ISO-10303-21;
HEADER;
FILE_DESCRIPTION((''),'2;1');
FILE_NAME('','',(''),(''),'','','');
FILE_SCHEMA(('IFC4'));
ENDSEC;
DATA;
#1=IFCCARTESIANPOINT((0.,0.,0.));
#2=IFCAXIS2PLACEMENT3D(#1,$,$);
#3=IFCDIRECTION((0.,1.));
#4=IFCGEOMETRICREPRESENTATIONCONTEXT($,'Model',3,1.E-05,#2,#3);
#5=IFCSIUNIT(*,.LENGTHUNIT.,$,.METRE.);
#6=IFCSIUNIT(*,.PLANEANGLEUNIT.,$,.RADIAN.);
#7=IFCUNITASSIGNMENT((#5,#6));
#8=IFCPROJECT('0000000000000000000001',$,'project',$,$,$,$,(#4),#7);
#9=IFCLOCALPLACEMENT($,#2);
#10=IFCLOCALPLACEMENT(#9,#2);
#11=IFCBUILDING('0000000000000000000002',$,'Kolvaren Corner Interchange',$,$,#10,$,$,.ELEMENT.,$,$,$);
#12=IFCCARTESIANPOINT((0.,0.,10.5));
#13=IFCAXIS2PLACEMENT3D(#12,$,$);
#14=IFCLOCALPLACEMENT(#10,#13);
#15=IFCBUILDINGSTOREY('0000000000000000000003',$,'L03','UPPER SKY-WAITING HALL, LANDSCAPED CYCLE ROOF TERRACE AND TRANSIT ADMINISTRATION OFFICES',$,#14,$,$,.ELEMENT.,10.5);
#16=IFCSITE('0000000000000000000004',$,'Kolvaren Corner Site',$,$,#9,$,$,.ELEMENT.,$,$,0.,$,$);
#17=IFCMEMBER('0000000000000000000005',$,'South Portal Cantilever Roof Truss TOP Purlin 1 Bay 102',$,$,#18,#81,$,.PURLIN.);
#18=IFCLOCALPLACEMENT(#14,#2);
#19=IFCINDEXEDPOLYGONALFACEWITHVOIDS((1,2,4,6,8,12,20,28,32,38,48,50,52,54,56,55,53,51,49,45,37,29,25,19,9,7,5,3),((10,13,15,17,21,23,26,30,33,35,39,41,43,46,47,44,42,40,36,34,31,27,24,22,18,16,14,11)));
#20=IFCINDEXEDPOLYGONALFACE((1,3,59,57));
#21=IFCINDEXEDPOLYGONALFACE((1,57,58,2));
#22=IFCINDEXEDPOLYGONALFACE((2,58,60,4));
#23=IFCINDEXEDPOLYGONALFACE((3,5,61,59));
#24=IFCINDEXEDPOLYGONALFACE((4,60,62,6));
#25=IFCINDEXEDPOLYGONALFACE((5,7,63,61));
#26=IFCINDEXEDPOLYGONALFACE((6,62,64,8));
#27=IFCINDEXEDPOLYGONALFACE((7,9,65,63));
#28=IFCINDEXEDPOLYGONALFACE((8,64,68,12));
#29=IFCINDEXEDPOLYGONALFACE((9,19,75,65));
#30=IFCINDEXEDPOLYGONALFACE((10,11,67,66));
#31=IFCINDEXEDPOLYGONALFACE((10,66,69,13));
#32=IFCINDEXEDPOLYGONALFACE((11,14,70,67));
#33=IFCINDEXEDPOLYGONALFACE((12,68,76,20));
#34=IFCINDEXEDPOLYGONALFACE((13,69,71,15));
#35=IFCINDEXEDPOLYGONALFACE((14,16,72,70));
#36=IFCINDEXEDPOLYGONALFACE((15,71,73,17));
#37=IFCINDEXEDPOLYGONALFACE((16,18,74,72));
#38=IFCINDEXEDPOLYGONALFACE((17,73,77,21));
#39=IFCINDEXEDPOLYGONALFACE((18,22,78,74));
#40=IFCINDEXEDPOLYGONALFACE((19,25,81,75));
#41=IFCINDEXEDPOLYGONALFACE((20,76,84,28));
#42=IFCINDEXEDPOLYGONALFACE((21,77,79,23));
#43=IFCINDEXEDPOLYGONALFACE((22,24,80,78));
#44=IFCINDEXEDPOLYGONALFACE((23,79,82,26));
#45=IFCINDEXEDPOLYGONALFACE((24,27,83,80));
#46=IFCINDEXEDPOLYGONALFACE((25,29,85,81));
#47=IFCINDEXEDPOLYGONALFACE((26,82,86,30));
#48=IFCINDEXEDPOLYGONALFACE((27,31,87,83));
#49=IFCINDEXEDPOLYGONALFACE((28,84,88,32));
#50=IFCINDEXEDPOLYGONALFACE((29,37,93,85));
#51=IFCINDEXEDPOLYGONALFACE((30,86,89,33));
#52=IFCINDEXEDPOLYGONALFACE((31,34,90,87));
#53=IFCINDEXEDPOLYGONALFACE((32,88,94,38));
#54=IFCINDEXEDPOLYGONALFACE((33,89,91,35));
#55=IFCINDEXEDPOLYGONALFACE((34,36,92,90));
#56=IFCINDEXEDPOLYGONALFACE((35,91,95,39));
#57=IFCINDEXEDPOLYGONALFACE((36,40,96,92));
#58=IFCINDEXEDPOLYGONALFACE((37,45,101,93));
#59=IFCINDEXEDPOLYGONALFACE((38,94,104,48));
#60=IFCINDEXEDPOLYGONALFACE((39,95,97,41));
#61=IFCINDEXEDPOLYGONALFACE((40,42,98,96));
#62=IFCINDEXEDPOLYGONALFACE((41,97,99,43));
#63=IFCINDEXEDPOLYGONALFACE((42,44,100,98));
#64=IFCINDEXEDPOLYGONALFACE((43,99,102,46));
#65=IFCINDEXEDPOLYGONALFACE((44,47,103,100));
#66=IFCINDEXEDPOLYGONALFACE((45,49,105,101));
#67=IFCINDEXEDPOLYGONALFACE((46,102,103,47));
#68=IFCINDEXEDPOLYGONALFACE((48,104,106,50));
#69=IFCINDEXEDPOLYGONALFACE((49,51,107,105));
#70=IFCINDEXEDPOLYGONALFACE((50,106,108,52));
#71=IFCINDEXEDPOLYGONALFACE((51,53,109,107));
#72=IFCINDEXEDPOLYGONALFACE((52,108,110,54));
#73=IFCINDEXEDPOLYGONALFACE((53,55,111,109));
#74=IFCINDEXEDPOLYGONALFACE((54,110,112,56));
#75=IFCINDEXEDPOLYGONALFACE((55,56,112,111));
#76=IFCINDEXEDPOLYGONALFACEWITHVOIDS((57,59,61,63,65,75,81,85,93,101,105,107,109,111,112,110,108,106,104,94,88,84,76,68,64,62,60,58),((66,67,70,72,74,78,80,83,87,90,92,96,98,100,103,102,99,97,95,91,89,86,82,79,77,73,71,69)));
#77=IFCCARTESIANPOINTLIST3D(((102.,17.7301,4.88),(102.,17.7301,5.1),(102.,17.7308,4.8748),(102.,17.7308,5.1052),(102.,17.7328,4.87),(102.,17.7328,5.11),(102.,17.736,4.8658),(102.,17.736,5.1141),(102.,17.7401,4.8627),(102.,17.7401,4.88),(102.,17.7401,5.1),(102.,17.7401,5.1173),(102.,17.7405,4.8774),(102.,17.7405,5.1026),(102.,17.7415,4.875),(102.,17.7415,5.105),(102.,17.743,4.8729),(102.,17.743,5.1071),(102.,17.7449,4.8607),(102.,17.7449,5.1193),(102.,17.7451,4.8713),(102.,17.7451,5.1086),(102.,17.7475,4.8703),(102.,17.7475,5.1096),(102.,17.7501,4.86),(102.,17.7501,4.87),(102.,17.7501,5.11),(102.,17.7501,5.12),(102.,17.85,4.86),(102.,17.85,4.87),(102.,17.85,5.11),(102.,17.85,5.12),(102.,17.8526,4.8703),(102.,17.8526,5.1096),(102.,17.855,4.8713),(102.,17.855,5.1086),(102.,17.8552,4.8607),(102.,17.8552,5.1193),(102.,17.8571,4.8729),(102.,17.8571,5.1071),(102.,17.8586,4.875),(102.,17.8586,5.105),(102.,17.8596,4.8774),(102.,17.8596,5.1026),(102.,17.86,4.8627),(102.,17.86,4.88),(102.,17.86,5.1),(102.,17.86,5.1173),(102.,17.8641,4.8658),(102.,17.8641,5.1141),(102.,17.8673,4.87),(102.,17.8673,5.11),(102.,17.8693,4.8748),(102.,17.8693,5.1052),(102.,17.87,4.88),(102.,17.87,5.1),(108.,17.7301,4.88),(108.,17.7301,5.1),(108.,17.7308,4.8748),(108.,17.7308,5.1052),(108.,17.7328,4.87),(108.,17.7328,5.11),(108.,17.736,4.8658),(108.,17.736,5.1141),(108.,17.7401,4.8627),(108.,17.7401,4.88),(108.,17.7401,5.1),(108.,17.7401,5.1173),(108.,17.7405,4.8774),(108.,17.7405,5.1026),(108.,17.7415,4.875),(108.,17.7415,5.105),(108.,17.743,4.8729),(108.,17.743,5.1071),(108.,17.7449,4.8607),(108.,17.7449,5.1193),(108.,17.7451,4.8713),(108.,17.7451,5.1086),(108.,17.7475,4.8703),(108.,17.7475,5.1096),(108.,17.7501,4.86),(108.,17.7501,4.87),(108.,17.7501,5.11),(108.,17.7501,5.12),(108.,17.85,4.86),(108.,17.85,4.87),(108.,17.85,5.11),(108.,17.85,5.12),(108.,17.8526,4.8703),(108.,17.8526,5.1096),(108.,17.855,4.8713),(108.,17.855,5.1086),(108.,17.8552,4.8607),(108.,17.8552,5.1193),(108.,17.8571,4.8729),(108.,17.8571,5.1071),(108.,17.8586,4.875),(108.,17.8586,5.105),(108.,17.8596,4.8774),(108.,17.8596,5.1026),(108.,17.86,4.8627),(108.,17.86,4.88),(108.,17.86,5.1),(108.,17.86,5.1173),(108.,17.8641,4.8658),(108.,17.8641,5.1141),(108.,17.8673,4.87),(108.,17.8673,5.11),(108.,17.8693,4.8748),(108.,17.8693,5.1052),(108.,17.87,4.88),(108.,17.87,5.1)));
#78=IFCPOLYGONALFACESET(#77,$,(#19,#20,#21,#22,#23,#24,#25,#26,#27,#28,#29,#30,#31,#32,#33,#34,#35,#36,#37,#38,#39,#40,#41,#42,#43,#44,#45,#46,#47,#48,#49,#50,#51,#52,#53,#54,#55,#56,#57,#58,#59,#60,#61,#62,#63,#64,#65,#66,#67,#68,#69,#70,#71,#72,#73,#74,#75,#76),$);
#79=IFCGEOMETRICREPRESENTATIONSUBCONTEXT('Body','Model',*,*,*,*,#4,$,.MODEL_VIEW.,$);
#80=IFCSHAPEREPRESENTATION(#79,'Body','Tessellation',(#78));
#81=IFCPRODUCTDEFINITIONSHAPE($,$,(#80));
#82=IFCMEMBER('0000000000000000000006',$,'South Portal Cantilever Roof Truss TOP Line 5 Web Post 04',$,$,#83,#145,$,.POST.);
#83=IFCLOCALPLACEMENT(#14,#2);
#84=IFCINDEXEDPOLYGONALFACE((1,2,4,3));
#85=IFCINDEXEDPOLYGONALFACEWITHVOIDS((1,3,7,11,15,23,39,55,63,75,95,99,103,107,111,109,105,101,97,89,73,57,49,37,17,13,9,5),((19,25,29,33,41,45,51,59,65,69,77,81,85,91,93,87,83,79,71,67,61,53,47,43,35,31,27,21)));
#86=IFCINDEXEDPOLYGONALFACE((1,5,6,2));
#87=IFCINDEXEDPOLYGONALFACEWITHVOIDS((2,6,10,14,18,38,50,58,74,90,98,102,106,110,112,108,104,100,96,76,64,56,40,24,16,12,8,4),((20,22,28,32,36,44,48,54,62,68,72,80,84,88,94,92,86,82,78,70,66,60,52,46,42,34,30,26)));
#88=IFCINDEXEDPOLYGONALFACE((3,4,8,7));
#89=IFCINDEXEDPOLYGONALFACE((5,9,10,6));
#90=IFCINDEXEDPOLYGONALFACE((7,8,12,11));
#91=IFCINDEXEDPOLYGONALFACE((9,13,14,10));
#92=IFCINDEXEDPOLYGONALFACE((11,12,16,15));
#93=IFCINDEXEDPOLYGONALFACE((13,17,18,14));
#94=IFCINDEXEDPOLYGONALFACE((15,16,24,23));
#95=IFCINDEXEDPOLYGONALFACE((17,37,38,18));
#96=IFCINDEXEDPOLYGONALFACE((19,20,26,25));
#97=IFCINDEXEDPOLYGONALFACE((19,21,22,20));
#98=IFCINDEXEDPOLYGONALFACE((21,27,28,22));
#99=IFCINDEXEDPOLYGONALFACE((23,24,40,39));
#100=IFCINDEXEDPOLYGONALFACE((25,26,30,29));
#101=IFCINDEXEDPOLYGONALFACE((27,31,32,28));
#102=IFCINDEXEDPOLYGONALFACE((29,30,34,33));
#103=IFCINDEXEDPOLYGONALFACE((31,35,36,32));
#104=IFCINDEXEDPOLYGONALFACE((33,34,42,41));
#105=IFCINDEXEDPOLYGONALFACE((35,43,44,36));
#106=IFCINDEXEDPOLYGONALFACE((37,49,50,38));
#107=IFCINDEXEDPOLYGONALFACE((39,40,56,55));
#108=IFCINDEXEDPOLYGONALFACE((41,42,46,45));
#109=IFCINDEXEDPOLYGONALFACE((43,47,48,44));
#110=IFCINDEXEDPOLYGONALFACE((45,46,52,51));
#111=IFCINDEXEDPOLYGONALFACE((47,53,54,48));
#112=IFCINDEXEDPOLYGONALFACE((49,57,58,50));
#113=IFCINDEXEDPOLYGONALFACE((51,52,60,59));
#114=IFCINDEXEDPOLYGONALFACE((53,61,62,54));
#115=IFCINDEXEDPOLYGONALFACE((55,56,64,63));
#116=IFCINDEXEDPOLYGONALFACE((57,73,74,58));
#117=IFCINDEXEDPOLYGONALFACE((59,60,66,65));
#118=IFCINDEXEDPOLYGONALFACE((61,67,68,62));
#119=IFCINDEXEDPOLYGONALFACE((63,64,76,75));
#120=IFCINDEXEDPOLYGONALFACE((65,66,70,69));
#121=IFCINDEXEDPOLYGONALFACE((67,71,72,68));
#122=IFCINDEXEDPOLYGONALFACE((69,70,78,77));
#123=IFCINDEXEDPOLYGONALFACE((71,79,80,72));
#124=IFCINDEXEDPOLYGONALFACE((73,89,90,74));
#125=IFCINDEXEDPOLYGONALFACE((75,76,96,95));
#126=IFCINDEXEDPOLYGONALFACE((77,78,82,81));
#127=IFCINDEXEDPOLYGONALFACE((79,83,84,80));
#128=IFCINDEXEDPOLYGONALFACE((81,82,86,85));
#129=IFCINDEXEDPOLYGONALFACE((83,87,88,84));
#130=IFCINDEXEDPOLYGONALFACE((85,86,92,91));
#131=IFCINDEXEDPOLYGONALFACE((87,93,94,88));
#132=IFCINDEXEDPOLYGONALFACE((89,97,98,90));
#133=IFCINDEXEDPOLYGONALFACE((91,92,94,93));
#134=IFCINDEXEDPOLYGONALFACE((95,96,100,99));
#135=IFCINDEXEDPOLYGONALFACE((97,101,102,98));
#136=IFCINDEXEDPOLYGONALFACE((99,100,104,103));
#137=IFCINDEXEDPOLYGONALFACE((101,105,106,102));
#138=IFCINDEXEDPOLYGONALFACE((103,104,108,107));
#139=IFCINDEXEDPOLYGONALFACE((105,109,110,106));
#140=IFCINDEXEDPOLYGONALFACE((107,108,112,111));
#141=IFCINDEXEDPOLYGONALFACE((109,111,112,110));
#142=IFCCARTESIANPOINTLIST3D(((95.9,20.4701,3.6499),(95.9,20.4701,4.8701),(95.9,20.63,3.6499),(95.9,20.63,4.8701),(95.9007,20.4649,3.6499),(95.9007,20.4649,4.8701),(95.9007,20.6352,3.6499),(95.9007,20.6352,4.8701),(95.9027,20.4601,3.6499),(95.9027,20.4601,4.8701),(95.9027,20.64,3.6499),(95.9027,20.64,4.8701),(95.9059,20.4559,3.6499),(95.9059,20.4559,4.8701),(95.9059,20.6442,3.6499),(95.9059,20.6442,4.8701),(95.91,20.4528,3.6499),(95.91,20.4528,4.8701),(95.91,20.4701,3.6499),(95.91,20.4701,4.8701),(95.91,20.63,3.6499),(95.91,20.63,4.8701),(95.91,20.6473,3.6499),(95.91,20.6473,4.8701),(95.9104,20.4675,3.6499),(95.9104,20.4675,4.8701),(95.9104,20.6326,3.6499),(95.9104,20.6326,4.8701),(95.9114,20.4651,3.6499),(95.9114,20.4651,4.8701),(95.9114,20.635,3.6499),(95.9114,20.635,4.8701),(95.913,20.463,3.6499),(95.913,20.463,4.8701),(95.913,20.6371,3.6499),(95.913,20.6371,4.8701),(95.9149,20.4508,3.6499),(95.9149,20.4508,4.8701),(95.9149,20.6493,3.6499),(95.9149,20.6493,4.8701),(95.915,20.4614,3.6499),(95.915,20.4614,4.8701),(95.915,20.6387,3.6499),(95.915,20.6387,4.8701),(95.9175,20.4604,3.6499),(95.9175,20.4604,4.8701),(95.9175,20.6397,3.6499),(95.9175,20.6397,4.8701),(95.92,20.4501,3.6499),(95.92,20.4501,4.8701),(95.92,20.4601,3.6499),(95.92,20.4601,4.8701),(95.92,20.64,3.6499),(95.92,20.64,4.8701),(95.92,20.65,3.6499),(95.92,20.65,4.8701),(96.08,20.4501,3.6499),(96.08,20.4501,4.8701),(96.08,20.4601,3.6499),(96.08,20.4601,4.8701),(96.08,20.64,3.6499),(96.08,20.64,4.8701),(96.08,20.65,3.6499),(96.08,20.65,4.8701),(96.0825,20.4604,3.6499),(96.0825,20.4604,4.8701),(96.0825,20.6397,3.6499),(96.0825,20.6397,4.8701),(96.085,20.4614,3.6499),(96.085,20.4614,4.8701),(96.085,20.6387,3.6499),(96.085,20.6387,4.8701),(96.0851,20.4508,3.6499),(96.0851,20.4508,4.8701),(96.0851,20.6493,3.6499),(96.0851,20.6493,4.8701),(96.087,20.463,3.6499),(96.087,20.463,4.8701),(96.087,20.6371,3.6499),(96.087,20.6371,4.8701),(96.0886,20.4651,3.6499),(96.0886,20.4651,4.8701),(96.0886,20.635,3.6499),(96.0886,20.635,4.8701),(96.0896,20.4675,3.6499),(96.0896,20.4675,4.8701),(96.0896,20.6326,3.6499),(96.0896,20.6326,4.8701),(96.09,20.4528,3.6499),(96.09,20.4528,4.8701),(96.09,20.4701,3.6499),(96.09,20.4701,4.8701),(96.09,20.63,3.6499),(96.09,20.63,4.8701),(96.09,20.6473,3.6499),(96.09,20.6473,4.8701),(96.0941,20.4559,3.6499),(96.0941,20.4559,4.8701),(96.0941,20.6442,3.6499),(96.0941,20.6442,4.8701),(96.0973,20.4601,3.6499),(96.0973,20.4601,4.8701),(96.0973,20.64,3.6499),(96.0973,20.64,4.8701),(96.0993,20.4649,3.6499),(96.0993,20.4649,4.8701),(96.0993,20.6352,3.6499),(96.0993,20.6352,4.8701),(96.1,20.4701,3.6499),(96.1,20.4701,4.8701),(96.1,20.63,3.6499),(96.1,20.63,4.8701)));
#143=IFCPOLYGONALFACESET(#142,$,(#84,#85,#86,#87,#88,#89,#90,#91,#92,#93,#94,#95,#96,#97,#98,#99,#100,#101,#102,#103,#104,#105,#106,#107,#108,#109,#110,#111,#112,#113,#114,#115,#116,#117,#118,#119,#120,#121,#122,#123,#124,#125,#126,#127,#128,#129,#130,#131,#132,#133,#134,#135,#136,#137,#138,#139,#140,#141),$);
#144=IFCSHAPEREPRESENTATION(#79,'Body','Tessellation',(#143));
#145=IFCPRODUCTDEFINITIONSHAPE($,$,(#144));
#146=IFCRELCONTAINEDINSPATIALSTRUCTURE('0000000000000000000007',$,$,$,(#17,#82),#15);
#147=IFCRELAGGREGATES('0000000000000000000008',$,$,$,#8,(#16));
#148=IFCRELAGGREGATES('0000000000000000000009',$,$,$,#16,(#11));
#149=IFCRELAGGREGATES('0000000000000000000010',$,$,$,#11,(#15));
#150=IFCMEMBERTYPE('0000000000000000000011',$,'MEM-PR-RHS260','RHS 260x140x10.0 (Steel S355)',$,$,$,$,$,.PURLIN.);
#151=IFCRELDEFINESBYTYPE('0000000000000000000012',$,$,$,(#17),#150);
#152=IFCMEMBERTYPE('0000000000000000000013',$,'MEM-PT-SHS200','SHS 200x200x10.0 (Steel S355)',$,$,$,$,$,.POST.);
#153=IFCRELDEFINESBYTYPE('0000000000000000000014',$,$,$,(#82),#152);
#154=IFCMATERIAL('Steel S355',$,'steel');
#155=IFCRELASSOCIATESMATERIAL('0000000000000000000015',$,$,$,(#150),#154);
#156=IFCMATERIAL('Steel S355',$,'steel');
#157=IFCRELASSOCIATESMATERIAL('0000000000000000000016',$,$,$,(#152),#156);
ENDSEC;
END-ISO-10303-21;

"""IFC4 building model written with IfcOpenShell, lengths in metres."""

from ifc_helpers import new_model, si_unit, direction, frame, origin, origin_2d, place, context, subcontext, project, spatial, hollow_rectangle, extrude, material, material_profile, profile_set, type_object, element, save


model = new_model("IFC4")

# Units and contexts
model_context = context("Model", 3, precision=1e-05, world=origin(), true_north=direction((0.0, 1.0)))
body_context = subcontext(model_context, "Body", "Model", "MODEL_VIEW")
ifc_project = project(units=[si_unit("LENGTHUNIT", "METRE"), si_unit("PLANEANGLEUNIT", "RADIAN")], contexts=[model_context])

# Site, building, storey
site_placement = place(None, origin())
site = spatial("IfcSite", under=ifc_project, at=site_placement, Name="Kolvaren Corner Site", CompositionType="ELEMENT", RefElevation=0.0)
building_placement = place(site_placement, origin())
building = spatial("IfcBuilding", under=site, at=building_placement, Name="Kolvaren Corner Interchange", CompositionType="ELEMENT")
storey_placement = place(building_placement, frame((0.0, 0.0, 10.5)))
storey = spatial("IfcBuildingStorey", under=building, at=storey_placement, Name="L03", Description="UPPER SKY-WAITING HALL, LANDSCAPED CYCLE ROOF TERRACE AND TRANSIT ADMINISTRATION OFFICES", CompositionType="ELEMENT", Elevation=10.5)

# Members
ifc_material_1 = material(Name="Steel S355", Category="steel")
ifc_material_profile_1 = material_profile(ifc_material_1, hollow_rectangle(XDim=0.1399, YDim=0.26, WallThickness=0.01, InnerFilletRadius=0.01, OuterFilletRadius=0.02, at=origin_2d()), Name="RHS 260x140x10.0")
ifc_profile_set_1 = profile_set([ifc_material_profile_1], Name="Steel S355")
member_type_1 = type_object("IfcMemberType", Name="MEM-PR-RHS260", Description="RHS 260x140x10.0 (Steel S355)", PredefinedType="PURLIN", material=ifc_profile_set_1)
member_1_placement = place(storey_placement, frame((102.0, 17.8, 4.99), z_axis=(1.0, 0.0, 0.0), x_axis=(0.0, 1.0, 0.0)))
element("IfcMember", 1, at=member_1_placement, inside=storey, type_object=member_type_1, Name="South Portal Cantilever Roof Truss TOP Purlin 1 Bay 102", PredefinedType="PURLIN", context=body_context, shape_type="SweptSolid", body=[
    extrude(hollow_rectangle(XDim=0.1399, YDim=0.26, WallThickness=0.01, InnerFilletRadius=0.01, OuterFilletRadius=0.02, at=origin_2d()), origin(), (0.0, 0.0, 1.0), 6.0),
])
ifc_material_2 = material(Name="Steel S355", Category="steel")
ifc_material_profile_2 = material_profile(ifc_material_2, hollow_rectangle(XDim=0.2, YDim=0.2, WallThickness=0.01, InnerFilletRadius=0.01, OuterFilletRadius=0.02, at=origin_2d()), Name="SHS 200x200x10.0")
ifc_profile_set_2 = profile_set([ifc_material_profile_2], Name="Steel S355")
member_type_2 = type_object("IfcMemberType", Name="MEM-PT-SHS200", Description="SHS 200x200x10.0 (Steel S355)", PredefinedType="POST", material=ifc_profile_set_2)
for number, where, z_axis, x_axis, name in (
    (2, (96.0, 20.55, 3.6499), (0.0, 0.0, 1.0), (1.0, 0.0, 0.0), "South Portal Cantilever Roof Truss TOP Line 5 Web Post 04"),
):
    element("IfcMember", number, at=place(storey_placement, frame(where, z_axis=z_axis, x_axis=x_axis)), inside=storey, type_object=member_type_2, Name=name, PredefinedType="POST", context=body_context, shape_type="SweptSolid", body=[
        extrude(hollow_rectangle(XDim=0.2, YDim=0.2, WallThickness=0.01, InnerFilletRadius=0.01, OuterFilletRadius=0.02, at=origin_2d()), origin(), (0.0, 0.0, 1.0), 1.2202),
    ])

save(model, "model.ifc")
